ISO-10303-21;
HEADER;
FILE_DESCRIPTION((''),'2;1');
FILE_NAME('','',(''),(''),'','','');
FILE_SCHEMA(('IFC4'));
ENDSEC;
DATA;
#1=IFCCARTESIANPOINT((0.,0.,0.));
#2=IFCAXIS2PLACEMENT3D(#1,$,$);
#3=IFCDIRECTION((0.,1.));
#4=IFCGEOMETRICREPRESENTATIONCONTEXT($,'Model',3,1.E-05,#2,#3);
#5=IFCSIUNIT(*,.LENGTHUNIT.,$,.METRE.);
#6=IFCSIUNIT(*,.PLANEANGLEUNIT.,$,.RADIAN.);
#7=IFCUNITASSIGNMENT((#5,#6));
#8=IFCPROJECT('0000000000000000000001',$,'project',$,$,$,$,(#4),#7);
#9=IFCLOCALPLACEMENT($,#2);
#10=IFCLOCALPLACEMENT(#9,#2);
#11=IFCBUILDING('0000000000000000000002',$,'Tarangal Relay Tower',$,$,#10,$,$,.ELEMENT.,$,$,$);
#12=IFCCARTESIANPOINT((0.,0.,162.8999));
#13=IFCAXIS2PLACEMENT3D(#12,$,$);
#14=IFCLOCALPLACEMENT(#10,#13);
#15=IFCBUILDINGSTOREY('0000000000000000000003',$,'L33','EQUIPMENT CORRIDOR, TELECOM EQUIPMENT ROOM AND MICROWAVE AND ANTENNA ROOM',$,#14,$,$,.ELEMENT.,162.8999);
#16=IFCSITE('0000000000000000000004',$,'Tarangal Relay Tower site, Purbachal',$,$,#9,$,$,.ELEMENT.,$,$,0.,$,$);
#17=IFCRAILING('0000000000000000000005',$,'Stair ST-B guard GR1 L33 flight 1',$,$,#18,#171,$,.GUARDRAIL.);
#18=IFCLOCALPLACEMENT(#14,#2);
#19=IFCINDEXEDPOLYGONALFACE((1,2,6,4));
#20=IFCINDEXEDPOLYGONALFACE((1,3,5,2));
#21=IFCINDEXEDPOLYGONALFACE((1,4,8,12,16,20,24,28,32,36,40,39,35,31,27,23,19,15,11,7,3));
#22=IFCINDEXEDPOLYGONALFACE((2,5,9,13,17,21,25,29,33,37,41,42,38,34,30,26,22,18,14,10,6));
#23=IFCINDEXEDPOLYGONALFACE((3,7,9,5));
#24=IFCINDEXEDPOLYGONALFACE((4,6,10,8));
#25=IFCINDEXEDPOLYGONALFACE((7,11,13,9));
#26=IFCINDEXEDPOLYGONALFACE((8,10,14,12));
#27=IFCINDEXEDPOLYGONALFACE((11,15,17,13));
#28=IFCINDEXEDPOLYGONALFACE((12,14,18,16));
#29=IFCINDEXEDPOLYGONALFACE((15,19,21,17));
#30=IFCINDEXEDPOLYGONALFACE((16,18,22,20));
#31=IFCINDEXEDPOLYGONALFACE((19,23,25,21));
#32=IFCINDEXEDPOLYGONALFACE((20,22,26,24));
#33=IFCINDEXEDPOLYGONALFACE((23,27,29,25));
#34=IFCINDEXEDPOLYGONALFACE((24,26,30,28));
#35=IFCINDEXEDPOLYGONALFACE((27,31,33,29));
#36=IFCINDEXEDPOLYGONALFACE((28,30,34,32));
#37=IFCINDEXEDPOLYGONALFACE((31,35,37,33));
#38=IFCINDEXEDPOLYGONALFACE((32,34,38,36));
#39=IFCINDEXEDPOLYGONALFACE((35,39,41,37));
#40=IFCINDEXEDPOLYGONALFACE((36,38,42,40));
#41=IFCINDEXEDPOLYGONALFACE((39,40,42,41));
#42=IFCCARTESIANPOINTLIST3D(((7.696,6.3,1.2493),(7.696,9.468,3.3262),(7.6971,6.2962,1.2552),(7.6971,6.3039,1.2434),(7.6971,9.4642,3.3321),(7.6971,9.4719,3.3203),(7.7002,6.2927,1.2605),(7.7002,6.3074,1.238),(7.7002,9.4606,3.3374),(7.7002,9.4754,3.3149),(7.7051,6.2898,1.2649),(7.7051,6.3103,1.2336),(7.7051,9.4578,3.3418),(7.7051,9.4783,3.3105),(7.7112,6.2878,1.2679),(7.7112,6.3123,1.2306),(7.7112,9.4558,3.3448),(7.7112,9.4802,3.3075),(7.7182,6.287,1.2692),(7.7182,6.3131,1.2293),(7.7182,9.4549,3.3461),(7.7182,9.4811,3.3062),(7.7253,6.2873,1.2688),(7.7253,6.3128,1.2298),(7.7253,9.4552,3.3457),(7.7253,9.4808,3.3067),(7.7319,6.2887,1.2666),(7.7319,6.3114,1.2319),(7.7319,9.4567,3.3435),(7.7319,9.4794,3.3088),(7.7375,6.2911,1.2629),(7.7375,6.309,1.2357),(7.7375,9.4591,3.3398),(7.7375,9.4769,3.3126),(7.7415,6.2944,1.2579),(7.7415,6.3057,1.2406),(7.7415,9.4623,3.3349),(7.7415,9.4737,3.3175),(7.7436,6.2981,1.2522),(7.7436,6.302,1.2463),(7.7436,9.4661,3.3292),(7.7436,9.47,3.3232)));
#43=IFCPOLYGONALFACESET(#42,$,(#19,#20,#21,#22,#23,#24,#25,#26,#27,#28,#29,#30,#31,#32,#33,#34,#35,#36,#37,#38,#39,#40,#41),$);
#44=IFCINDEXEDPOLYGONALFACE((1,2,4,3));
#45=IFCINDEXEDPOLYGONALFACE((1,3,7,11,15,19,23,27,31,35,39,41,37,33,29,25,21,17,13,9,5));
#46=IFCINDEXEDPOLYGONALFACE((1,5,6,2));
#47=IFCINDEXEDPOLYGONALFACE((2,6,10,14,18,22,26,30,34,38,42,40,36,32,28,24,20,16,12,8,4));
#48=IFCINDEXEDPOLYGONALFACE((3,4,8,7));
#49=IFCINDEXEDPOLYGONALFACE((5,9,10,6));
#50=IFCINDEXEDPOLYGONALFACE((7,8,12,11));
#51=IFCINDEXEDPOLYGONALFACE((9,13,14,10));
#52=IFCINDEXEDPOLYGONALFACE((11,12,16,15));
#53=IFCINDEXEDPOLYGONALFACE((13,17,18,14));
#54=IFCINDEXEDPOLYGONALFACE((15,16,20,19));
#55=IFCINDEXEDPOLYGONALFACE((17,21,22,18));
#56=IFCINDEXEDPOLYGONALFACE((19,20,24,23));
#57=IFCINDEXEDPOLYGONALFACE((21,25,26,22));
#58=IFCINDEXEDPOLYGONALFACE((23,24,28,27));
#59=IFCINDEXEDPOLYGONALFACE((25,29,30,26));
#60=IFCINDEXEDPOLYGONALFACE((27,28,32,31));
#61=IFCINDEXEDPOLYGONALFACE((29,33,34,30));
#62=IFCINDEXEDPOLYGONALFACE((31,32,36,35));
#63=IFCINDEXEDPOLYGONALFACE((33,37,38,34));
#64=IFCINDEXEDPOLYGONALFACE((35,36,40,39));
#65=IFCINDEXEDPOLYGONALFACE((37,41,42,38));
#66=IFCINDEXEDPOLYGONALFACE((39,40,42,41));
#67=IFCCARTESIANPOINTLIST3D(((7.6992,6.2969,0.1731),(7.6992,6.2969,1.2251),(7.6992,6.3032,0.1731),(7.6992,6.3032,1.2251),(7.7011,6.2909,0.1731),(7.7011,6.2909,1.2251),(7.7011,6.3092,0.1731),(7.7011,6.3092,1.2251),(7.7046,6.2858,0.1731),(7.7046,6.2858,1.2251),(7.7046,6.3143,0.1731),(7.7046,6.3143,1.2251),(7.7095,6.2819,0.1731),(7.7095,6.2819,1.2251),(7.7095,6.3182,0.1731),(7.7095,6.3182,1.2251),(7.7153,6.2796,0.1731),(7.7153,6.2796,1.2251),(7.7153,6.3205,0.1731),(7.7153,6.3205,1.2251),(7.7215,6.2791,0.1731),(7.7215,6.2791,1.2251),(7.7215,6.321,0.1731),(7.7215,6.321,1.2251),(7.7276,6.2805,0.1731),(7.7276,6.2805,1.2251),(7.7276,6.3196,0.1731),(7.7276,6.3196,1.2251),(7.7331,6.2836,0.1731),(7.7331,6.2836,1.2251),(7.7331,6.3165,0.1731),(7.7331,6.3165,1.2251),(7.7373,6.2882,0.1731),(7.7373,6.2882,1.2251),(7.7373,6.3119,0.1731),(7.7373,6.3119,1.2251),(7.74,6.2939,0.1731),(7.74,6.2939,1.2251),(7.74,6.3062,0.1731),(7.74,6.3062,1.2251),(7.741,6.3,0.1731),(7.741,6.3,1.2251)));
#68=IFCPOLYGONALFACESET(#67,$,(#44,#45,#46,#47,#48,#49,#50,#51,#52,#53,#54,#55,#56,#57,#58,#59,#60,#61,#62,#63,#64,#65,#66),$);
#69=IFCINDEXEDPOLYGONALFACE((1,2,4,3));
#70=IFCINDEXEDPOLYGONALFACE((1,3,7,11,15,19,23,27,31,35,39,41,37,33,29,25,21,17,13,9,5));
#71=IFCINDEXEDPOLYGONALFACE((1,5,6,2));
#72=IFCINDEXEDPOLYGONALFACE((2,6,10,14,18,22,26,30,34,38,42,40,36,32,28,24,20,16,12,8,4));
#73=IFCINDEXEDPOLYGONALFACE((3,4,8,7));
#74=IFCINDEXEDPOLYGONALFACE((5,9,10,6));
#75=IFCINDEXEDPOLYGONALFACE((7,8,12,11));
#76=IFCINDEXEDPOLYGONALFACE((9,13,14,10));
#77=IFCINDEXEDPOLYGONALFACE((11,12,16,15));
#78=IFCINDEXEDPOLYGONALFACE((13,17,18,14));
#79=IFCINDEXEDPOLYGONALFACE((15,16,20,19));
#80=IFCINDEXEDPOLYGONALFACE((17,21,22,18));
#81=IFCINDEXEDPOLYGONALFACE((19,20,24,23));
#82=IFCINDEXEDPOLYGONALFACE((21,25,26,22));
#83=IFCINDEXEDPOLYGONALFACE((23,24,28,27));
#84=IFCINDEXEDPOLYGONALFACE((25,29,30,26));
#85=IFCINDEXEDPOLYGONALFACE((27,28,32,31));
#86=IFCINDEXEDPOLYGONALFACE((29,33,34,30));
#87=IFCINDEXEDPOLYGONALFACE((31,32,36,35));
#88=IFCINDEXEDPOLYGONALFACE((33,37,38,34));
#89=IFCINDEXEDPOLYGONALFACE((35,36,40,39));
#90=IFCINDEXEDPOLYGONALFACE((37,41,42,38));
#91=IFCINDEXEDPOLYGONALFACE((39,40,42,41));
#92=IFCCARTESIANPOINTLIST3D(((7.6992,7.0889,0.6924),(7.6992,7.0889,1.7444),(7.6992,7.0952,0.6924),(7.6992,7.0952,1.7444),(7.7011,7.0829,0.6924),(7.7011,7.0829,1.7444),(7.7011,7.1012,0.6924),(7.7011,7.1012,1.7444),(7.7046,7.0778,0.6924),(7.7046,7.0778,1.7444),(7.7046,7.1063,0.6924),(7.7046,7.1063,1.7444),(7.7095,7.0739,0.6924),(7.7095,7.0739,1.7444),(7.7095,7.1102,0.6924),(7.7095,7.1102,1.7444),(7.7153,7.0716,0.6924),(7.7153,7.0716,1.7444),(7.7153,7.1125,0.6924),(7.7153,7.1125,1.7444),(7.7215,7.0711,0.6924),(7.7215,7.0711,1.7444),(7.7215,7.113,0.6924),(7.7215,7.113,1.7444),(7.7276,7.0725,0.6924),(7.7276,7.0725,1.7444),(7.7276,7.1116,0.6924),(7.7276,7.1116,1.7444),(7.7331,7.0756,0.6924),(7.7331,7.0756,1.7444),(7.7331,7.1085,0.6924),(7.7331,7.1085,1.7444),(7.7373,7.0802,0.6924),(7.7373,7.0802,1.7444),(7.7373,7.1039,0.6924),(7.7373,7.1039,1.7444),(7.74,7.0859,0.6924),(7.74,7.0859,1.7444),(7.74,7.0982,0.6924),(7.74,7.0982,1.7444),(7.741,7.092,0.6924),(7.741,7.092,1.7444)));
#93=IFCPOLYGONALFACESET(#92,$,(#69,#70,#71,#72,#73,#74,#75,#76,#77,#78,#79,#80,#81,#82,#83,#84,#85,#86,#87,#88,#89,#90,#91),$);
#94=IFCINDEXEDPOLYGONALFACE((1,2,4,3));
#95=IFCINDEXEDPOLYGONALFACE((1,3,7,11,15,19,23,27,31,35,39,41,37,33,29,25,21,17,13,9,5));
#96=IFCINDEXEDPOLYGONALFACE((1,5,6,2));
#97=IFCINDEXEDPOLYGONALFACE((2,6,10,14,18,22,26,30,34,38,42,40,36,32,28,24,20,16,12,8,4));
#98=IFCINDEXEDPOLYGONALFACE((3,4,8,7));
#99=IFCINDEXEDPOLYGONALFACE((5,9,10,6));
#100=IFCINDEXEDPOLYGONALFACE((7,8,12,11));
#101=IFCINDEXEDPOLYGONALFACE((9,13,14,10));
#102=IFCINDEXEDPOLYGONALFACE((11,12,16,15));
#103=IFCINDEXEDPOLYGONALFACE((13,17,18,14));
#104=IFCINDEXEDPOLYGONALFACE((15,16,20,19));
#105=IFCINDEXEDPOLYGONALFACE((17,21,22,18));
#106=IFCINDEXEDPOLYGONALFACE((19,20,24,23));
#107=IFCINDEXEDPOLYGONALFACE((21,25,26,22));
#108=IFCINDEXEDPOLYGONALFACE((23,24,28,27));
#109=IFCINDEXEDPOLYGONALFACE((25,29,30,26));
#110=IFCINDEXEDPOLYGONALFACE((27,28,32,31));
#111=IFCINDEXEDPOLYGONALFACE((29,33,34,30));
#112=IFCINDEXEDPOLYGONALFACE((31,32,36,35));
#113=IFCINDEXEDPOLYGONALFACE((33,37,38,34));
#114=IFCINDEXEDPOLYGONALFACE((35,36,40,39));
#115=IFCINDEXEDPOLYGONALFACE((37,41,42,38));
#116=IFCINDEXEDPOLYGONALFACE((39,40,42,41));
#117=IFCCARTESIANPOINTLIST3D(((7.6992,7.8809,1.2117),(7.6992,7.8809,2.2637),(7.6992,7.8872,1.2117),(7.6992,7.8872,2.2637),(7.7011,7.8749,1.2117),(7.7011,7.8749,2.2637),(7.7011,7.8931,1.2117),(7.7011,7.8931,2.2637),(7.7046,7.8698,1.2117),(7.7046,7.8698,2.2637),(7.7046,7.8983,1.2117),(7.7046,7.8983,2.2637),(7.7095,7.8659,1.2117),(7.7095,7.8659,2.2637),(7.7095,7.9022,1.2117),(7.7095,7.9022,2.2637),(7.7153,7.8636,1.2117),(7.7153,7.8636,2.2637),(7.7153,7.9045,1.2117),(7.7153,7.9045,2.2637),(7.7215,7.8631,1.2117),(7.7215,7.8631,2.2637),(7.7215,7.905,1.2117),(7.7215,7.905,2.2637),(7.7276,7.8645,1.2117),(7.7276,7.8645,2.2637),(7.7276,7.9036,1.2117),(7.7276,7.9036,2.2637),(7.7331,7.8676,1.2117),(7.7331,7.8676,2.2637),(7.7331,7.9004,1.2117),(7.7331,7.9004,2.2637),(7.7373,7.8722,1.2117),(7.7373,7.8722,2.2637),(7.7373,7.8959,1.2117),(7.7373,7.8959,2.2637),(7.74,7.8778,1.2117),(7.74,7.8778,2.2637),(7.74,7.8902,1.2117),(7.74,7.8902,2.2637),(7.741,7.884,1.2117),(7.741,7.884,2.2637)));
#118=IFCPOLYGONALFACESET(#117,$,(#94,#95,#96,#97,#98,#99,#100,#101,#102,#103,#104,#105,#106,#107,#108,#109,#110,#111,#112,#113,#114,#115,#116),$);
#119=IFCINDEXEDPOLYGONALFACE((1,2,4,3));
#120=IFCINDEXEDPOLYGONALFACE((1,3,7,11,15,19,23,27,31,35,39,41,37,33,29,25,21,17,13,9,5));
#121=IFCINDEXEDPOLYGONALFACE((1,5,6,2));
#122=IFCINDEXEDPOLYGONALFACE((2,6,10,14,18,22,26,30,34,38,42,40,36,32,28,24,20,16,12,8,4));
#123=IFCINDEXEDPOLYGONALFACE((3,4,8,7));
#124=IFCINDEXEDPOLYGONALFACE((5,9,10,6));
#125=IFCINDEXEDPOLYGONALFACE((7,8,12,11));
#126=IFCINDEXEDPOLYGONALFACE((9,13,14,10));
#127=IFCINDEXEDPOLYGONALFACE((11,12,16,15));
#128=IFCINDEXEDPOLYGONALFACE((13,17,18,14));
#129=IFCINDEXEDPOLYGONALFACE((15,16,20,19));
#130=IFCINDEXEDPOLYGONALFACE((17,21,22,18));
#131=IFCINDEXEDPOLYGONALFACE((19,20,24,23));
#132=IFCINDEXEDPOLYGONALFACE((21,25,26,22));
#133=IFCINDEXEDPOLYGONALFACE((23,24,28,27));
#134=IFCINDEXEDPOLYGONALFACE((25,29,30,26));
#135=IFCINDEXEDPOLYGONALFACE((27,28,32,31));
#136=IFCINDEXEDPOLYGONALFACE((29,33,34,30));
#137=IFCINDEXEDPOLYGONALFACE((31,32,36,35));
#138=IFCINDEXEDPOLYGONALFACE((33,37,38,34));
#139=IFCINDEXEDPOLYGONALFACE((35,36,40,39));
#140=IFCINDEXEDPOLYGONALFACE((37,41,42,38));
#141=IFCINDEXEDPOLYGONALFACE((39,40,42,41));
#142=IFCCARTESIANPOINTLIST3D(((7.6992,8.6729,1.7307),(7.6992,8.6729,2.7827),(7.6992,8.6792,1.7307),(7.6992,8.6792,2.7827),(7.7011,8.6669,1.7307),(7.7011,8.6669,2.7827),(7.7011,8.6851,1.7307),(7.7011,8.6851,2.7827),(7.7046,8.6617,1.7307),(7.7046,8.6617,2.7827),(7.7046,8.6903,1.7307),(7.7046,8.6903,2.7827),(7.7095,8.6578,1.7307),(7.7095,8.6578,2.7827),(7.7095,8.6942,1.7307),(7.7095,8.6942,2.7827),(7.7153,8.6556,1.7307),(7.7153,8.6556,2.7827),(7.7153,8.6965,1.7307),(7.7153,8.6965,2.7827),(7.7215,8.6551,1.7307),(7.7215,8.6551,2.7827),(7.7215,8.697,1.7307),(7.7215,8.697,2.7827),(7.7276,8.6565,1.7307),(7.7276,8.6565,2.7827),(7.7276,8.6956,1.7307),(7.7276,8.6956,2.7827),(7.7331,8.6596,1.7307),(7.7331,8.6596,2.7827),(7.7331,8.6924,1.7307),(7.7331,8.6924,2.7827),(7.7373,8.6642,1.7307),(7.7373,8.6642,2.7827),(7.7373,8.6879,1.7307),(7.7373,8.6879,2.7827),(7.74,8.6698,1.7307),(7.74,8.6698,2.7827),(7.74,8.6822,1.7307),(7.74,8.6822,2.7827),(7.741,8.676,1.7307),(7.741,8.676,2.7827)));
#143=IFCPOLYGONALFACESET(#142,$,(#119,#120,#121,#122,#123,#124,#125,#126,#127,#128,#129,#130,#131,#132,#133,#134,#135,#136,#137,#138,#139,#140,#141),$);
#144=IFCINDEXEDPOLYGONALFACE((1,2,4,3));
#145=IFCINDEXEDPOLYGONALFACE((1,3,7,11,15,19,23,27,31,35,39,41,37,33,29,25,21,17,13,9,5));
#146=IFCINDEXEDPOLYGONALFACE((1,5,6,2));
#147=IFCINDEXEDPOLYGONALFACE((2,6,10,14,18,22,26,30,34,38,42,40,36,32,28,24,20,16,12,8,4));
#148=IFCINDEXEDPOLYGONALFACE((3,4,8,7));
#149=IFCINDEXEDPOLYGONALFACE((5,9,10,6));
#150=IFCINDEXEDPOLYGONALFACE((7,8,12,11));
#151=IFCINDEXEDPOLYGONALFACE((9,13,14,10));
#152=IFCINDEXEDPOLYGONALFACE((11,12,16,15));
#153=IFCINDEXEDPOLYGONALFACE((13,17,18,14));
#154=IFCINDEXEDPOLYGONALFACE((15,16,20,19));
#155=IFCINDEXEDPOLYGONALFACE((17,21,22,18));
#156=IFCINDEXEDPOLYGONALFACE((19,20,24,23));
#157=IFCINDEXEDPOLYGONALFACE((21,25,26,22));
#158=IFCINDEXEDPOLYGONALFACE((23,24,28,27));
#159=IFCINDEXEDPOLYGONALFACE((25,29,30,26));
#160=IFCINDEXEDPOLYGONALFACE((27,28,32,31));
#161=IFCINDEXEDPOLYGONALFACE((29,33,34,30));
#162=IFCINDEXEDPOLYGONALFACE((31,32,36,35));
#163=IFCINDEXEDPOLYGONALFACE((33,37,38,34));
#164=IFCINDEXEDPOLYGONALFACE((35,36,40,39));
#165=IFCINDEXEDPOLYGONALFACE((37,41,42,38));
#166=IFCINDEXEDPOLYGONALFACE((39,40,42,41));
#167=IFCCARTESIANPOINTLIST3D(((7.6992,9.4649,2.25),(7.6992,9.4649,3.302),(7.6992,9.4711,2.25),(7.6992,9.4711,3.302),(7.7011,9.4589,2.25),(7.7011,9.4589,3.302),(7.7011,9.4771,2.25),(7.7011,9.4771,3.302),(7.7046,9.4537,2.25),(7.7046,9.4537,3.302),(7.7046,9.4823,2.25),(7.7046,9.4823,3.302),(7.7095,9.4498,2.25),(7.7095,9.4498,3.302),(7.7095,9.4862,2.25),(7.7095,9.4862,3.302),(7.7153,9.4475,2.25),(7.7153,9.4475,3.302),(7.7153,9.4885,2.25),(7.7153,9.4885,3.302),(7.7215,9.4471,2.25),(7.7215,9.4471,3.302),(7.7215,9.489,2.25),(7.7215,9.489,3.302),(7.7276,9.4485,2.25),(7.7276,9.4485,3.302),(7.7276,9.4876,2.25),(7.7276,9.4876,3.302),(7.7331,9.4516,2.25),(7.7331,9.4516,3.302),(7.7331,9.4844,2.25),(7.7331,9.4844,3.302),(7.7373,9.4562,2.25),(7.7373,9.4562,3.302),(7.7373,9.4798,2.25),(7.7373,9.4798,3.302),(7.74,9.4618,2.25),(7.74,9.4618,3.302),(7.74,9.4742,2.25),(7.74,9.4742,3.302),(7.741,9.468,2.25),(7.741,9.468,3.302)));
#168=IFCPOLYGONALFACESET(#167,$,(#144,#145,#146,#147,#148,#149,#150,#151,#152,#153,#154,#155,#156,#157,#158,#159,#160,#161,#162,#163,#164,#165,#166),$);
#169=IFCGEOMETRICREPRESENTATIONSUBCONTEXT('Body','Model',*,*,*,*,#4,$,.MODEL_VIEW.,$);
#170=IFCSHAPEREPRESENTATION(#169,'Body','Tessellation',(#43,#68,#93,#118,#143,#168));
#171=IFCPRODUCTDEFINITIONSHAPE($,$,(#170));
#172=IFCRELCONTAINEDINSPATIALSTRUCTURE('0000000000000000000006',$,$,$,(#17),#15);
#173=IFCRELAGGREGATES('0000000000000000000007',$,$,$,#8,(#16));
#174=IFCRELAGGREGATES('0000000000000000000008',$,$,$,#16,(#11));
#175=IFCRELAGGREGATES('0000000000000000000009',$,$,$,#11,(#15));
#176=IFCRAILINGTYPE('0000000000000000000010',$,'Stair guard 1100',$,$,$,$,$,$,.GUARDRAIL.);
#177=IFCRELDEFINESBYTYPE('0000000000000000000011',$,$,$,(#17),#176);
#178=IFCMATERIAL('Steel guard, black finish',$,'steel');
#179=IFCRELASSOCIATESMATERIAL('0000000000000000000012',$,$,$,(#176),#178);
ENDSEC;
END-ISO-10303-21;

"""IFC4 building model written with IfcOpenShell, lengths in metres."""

from ifc_helpers import new_model, si_unit, direction, frame, origin, origin_2d, place, context, subcontext, project, spatial, circle, extrude, material, type_object, element, save


model = new_model("IFC4")

# Units and contexts
model_context = context("Model", 3, precision=1e-05, world=origin(), true_north=direction((0.0, 1.0)))
body_context = subcontext(model_context, "Body", "Model", "MODEL_VIEW")
ifc_project = project(units=[si_unit("LENGTHUNIT", "METRE"), si_unit("PLANEANGLEUNIT", "RADIAN")], contexts=[model_context])

# Site, building, storey
site_placement = place(None, origin())
site = spatial("IfcSite", under=ifc_project, at=site_placement, Name="Tarangal Relay Tower site, Purbachal", CompositionType="ELEMENT", RefElevation=0.0)
building_placement = place(site_placement, origin())
building = spatial("IfcBuilding", under=site, at=building_placement, Name="Tarangal Relay Tower", CompositionType="ELEMENT")
storey_placement = place(building_placement, frame((0.0, 0.0, 162.8999)))
storey = spatial("IfcBuildingStorey", under=building, at=storey_placement, Name="L33", Description="EQUIPMENT CORRIDOR, TELECOM EQUIPMENT ROOM AND MICROWAVE AND ANTENNA ROOM", CompositionType="ELEMENT", Elevation=162.8999)

# Railing
ifc_material_1 = material(Name="Steel guard, black finish", Category="steel")
railing_type_1 = type_object("IfcRailingType", Name="Stair guard 1100", PredefinedType="GUARDRAIL", material=ifc_material_1)
railing_1_placement = place(storey_placement, frame((7.72, 6.3, 0.1731)))
element("IfcRailing", 1, at=railing_1_placement, inside=storey, type_object=railing_type_1, Name="Stair ST-B guard GR1 L33 flight 1", PredefinedType="GUARDRAIL", context=body_context, shape_type="SweptSolid", body=[
    extrude(circle(Radius=0.0239, at=origin_2d()), frame((0.0, 0.0, 1.0762), z_axis=(0.0, 0.836299, 0.548273), x_axis=(-1.0, 0.0, 0.0)), (0.0, 0.0, 1.0), 3.7881),
    extrude(circle(Radius=0.021, at=origin_2d()), origin(), (0.0, 0.0, 1.0), 1.052),
    extrude(circle(Radius=0.021, at=origin_2d()), frame((0.0, 0.792, 0.5193)), (0.0, 0.0, 1.0), 1.052),
    extrude(circle(Radius=0.021, at=origin_2d()), frame((0.0, 1.584, 1.0386)), (0.0, 0.0, 1.0), 1.052),
    extrude(circle(Radius=0.021, at=origin_2d()), frame((0.0, 2.376, 1.5576)), (0.0, 0.0, 1.0), 1.052),
    extrude(circle(Radius=0.021, at=origin_2d()), frame((0.0, 3.168, 2.0769)), (0.0, 0.0, 1.0), 1.052),
])

save(model, "model.ifc")
